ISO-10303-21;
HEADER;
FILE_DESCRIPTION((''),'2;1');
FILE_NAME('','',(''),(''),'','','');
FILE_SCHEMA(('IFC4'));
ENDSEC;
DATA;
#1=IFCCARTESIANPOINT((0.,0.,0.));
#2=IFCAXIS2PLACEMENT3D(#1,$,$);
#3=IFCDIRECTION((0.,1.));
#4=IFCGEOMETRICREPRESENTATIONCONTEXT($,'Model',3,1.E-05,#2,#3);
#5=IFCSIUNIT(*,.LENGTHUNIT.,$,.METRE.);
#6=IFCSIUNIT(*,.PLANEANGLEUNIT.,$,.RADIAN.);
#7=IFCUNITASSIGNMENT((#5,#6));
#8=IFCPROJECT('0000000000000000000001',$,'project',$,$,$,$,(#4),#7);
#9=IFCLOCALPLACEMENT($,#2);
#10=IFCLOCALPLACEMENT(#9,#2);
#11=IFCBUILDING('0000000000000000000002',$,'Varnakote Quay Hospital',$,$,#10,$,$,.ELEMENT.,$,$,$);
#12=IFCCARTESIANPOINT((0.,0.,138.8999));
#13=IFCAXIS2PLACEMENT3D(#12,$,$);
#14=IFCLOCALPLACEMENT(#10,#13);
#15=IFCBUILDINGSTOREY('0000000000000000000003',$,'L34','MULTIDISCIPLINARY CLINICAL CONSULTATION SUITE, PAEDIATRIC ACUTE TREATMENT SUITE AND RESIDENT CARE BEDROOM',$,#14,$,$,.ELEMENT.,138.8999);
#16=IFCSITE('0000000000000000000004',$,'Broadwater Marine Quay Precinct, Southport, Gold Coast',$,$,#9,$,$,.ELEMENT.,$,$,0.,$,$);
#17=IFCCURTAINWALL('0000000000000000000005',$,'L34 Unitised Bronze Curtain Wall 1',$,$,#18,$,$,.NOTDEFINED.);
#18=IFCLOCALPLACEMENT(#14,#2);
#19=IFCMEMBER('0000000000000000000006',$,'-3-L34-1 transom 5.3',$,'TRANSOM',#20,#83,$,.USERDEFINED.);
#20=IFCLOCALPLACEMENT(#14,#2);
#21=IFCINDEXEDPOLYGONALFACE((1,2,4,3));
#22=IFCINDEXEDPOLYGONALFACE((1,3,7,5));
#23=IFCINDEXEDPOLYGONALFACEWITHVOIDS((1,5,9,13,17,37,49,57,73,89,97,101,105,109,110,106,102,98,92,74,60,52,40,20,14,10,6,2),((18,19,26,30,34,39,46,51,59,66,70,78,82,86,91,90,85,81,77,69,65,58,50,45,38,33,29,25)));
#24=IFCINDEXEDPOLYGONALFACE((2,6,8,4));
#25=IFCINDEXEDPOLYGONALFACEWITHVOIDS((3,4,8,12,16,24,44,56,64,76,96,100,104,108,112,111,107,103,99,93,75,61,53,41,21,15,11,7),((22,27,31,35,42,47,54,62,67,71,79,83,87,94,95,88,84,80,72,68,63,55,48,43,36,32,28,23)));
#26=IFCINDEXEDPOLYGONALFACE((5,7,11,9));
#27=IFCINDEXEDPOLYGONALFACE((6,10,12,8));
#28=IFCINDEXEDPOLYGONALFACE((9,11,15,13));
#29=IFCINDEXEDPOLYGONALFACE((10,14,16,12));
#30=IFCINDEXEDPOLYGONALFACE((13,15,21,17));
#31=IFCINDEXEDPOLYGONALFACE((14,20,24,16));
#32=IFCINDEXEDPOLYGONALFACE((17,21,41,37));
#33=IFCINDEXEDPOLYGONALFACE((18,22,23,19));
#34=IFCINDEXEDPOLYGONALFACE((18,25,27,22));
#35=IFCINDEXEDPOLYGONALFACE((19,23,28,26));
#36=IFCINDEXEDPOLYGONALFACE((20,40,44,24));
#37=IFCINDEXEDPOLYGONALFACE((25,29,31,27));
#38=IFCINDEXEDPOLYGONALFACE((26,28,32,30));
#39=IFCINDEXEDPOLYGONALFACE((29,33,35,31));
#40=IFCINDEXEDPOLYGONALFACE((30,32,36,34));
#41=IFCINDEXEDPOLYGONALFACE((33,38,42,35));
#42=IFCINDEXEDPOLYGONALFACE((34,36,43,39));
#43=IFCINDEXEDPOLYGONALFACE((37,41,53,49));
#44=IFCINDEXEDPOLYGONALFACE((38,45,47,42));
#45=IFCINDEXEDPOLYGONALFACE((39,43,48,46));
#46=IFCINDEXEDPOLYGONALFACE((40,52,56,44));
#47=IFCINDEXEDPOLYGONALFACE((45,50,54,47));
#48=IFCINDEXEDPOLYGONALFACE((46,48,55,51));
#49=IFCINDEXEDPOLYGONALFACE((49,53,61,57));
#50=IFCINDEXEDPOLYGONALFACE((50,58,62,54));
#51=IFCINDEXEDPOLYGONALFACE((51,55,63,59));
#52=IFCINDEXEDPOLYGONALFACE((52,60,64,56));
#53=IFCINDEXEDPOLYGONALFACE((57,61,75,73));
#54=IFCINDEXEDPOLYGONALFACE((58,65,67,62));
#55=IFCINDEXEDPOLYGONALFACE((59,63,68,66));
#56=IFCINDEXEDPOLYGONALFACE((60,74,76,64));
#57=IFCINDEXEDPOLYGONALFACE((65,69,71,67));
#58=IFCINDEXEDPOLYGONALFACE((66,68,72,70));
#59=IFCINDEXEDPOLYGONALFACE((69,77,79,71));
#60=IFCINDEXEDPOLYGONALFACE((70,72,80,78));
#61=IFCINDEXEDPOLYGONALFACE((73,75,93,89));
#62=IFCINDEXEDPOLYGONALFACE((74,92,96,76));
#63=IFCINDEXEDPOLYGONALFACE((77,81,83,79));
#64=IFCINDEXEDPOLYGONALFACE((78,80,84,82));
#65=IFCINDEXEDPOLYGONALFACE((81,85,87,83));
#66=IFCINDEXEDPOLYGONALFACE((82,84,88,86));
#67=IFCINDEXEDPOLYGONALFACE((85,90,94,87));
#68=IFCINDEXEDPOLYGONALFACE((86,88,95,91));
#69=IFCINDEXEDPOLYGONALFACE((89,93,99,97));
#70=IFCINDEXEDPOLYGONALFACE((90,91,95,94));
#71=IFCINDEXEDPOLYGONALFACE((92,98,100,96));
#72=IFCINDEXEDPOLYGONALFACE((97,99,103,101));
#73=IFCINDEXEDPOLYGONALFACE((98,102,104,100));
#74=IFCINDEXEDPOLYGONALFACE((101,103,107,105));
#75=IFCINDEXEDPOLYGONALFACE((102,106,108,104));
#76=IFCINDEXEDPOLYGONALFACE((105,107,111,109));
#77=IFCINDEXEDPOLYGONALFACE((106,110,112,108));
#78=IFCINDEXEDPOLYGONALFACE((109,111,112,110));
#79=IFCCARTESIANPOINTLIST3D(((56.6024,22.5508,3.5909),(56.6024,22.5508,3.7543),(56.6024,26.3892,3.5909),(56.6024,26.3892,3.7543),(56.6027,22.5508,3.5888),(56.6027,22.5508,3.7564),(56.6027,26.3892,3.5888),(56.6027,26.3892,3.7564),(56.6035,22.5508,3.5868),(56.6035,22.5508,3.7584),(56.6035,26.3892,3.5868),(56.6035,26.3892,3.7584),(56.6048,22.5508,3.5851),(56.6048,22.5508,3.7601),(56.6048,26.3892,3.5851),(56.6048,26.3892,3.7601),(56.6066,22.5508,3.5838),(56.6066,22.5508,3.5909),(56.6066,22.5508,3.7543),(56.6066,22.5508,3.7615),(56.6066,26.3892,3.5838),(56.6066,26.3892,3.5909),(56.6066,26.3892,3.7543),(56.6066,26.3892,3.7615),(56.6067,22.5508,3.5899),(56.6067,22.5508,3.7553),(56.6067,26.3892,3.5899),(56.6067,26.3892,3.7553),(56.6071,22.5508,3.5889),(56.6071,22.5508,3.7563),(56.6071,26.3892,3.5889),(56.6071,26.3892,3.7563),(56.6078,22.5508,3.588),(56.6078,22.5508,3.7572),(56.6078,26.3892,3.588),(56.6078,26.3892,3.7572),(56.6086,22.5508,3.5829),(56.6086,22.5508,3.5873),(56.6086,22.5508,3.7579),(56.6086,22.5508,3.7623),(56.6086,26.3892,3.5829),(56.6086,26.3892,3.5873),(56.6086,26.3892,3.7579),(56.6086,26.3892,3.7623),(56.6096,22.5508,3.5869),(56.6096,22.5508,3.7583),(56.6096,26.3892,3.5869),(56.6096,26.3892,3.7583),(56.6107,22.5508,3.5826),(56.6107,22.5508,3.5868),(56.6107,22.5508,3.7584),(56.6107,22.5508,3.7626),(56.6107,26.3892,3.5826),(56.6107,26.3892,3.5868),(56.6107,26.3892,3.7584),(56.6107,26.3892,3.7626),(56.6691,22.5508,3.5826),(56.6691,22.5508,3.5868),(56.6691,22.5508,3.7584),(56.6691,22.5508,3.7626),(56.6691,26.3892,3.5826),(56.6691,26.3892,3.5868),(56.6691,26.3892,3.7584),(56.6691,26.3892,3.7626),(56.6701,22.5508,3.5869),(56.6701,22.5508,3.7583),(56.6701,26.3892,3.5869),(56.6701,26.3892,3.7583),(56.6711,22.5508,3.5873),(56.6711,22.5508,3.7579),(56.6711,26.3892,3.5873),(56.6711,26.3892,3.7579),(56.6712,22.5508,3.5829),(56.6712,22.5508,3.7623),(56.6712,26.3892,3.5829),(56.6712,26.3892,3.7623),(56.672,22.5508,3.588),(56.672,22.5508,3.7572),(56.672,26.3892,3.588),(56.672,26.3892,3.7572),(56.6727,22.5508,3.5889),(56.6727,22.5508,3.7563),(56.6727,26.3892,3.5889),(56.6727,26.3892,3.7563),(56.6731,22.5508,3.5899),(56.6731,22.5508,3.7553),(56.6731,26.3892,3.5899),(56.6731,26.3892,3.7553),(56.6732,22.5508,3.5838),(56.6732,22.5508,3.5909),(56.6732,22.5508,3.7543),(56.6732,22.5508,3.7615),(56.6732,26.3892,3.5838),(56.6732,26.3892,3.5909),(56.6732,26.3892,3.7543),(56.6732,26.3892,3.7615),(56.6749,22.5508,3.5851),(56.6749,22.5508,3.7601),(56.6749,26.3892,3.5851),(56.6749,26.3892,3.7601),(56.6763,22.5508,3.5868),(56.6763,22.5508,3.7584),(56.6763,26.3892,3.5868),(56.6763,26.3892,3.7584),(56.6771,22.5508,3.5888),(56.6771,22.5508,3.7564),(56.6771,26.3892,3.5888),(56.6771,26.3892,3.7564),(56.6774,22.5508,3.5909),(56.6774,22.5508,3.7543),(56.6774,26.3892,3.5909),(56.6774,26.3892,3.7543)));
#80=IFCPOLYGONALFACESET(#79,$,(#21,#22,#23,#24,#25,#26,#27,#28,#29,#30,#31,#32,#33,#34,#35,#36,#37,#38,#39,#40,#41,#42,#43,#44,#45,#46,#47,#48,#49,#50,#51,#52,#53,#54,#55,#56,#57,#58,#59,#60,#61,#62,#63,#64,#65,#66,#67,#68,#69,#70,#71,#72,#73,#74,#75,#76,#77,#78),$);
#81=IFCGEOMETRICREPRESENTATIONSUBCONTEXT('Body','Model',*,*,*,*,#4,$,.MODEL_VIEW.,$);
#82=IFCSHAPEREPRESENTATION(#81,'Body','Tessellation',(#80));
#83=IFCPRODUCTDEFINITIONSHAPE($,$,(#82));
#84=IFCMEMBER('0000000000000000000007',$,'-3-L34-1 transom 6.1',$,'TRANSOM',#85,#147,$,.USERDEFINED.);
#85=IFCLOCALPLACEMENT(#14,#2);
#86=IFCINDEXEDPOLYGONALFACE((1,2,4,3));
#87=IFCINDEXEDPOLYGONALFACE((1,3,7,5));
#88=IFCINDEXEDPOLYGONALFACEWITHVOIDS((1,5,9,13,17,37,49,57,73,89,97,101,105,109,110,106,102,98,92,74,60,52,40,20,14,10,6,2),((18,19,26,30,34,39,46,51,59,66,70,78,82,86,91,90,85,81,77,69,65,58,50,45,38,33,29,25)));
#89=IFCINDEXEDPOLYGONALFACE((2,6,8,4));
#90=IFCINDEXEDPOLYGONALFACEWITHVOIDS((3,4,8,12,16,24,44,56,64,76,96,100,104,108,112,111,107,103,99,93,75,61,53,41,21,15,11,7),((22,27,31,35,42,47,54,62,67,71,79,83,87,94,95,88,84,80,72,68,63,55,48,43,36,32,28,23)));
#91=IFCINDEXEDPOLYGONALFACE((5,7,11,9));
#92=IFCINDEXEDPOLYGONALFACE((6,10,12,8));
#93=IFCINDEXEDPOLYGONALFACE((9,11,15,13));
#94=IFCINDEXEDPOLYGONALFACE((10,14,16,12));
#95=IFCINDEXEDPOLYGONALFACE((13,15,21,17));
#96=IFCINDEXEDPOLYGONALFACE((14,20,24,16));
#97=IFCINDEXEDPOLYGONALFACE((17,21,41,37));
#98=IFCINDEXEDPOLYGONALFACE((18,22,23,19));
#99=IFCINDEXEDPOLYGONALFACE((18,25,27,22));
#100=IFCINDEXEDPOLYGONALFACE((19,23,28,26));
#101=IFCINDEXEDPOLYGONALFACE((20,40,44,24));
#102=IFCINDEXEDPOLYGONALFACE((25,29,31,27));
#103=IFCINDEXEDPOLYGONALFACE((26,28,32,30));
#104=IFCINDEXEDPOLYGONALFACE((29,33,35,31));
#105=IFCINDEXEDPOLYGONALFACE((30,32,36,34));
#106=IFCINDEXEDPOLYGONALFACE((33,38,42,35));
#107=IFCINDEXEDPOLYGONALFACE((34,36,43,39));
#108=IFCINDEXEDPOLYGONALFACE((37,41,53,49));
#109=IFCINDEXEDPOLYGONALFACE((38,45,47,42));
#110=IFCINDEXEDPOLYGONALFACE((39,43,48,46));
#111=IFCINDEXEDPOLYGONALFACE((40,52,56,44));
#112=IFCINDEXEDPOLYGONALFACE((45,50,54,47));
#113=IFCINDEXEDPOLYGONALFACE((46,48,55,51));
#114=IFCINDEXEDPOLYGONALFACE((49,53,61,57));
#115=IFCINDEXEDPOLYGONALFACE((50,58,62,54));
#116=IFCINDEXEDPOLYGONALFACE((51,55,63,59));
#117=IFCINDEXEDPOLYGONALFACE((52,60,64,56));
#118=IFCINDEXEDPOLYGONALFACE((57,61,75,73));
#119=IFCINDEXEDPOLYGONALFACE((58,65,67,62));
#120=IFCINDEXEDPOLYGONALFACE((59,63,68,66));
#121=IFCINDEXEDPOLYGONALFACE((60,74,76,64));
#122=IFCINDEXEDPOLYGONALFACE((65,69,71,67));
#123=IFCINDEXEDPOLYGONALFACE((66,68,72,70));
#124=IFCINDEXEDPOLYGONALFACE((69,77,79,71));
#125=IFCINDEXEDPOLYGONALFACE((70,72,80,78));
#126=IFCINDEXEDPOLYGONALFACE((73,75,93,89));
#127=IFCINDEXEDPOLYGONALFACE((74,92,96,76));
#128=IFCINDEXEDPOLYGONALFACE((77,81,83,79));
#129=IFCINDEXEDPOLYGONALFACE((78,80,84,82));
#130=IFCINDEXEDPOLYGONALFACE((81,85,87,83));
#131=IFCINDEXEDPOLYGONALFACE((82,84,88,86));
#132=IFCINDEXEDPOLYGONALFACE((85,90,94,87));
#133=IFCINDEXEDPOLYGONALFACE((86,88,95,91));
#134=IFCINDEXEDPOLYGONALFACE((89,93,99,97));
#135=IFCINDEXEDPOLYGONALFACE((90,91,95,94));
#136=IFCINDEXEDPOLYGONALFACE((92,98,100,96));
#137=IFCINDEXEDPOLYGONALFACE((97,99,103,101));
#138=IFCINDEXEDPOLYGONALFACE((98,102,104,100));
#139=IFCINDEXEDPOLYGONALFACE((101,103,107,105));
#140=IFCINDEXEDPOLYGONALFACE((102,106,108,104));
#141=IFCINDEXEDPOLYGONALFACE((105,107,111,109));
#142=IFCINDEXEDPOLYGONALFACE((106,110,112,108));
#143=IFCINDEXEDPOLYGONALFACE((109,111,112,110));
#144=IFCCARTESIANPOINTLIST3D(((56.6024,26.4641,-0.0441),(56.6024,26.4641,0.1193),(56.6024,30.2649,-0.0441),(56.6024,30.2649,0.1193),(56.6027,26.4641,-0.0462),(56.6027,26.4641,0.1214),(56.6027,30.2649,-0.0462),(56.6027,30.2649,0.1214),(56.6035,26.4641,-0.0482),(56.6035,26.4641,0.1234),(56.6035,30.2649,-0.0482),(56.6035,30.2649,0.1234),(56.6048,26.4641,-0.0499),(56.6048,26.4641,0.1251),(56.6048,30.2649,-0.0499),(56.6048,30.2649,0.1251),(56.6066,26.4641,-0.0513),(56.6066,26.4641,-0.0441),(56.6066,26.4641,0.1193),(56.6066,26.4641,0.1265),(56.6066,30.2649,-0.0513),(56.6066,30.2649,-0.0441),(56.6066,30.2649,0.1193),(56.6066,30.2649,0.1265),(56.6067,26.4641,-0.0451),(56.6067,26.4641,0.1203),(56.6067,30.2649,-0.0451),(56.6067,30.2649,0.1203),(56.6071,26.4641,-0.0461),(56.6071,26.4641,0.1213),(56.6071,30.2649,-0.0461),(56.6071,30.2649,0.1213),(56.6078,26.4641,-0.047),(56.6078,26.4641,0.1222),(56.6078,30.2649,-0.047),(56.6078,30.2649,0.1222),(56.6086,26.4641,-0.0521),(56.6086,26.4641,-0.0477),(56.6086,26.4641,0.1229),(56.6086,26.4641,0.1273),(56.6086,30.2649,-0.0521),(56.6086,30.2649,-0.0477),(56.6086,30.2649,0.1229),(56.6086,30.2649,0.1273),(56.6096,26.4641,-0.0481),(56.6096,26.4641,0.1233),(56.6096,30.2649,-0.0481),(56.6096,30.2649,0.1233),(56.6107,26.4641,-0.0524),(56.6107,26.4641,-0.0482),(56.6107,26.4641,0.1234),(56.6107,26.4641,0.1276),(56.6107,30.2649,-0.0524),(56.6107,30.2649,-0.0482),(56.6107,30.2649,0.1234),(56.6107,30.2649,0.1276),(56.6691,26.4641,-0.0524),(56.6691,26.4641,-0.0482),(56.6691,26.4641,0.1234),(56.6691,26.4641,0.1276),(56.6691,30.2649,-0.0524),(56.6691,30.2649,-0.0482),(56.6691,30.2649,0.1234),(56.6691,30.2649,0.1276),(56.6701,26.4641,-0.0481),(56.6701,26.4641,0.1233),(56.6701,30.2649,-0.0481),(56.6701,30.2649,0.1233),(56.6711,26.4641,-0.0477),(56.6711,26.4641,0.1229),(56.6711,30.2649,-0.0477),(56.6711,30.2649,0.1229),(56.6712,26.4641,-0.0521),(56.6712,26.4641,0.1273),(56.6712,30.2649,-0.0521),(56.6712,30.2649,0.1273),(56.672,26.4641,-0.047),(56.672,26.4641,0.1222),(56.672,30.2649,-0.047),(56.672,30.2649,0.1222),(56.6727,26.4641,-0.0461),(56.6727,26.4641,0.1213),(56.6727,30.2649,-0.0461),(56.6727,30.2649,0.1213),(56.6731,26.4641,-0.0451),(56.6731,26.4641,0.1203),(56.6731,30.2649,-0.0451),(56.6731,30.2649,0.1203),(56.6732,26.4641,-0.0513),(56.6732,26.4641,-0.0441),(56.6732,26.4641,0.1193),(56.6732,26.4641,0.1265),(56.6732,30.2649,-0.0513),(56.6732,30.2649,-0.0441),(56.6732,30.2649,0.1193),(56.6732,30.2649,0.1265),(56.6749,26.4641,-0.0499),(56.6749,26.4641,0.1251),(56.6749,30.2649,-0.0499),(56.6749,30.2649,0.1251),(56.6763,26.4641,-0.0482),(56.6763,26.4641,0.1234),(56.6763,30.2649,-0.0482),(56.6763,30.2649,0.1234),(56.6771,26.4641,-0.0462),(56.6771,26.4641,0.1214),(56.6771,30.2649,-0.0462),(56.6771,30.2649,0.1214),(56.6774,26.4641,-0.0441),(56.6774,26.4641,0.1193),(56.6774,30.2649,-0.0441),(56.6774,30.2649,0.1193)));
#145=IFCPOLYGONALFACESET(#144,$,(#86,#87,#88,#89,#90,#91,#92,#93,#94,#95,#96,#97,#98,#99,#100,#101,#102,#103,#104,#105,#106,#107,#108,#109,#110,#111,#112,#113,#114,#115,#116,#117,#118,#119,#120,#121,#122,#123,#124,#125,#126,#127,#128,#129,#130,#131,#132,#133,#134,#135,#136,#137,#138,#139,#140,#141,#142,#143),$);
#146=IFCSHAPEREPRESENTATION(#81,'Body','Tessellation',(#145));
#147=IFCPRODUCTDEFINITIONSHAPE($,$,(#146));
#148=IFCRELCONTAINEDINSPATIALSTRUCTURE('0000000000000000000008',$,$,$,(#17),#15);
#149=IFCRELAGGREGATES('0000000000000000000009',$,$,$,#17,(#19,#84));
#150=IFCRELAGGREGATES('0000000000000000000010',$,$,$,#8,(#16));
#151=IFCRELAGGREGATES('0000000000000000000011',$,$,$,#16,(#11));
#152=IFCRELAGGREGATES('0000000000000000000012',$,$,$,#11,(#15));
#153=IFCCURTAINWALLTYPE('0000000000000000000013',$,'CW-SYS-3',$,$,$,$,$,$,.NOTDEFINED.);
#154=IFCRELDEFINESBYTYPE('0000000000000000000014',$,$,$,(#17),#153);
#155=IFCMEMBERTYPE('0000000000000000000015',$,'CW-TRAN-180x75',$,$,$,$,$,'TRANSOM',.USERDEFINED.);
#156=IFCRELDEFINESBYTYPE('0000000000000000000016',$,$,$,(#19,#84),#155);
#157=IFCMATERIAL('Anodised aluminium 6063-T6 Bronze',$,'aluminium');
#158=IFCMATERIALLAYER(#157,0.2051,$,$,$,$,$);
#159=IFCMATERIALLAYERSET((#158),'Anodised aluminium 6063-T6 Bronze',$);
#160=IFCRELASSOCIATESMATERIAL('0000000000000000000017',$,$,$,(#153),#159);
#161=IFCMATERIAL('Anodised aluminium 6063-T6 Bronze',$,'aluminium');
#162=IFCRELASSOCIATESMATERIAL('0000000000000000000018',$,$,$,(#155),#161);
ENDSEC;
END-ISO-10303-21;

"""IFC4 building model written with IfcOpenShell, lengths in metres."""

from ifc_helpers import new_model, si_unit, direction, frame, origin, origin_2d, place, context, subcontext, project, spatial, hollow_rectangle, extrude, material, layer, layer_set, material_profile, profile_set, type_object, element, aggregate, save


model = new_model("IFC4")

# Units and contexts
model_context = context("Model", 3, precision=1e-05, world=origin(), true_north=direction((0.0, 1.0)))
body_context = subcontext(model_context, "Body", "Model", "MODEL_VIEW")
ifc_project = project(units=[si_unit("LENGTHUNIT", "METRE"), si_unit("PLANEANGLEUNIT", "RADIAN")], contexts=[model_context])

# Site, building, storey
site_placement = place(None, origin())
site = spatial("IfcSite", under=ifc_project, at=site_placement, Name="Broadwater Marine Quay Precinct, Southport, Gold Coast", CompositionType="ELEMENT", RefElevation=0.0)
building_placement = place(site_placement, origin())
building = spatial("IfcBuilding", under=site, at=building_placement, Name="Varnakote Quay Hospital", CompositionType="ELEMENT")
storey_placement = place(building_placement, frame((0.0, 0.0, 138.8999)))
storey = spatial("IfcBuildingStorey", under=building, at=storey_placement, Name="L34", Description="MULTIDISCIPLINARY CLINICAL CONSULTATION SUITE, PAEDIATRIC ACUTE TREATMENT SUITE AND RESIDENT CARE BEDROOM", CompositionType="ELEMENT", Elevation=138.8999)

# Curtain wall, members
ifc_material_1 = material(Name="Anodised aluminium 6063-T6 Bronze", Category="aluminium")
ifc_layer_1 = layer(ifc_material_1, 0.2051)
ifc_layer_set_1 = layer_set([ifc_layer_1], Name="Anodised aluminium 6063-T6 Bronze")
curtain_wall_type = type_object("IfcCurtainWallType", Name="CW-SYS-3", PredefinedType="NOTDEFINED", material=ifc_layer_set_1)
curtain_wall_placement = place(storey_placement, origin())
curtain_wall = element("IfcCurtainWall", 1, at=curtain_wall_placement, inside=storey, type_object=curtain_wall_type, Name="L34 Unitised Bronze Curtain Wall 1", PredefinedType="NOTDEFINED")
ifc_material_2 = material(Name="Anodised aluminium 6063-T6 Bronze", Category="aluminium")
ifc_material_profile_1 = material_profile(ifc_material_2, hollow_rectangle(XDim=0.075, YDim=0.1799, WallThickness=0.0042, InnerFilletRadius=0.0042, OuterFilletRadius=0.0083, at=origin_2d()), Name="CW-TRAN-180x75")
ifc_profile_set_1 = profile_set([ifc_material_profile_1], Name="Anodised aluminium 6063-T6 Bronze")
member_type_1 = type_object("IfcMemberType", Name="CW-TRAN-180x75", ElementType="TRANSOM", PredefinedType="USERDEFINED", material=ifc_profile_set_1)
member_1_placement = place(storey_placement, frame((56.6399, 22.5508, 3.6726), z_axis=(0.0, 1.0, 0.0), x_axis=(-1.0, 0.0, 0.0)))
member_1 = element("IfcMember", 2, at=member_1_placement, type_object=member_type_1, Name="-3-L34-1 transom 5.3", ObjectType="TRANSOM", PredefinedType="USERDEFINED", context=body_context, shape_type="SweptSolid", body=[
    extrude(hollow_rectangle(XDim=0.075, YDim=0.1799, WallThickness=0.0042, InnerFilletRadius=0.0042, OuterFilletRadius=0.0083, at=origin_2d()), origin(), (0.0, 0.0, 1.0), 3.8384),
])
member_2_placement = place(storey_placement, frame((56.6399, 26.4641, 0.0376), z_axis=(0.0, 1.0, 0.0), x_axis=(-1.0, 0.0, 0.0)))
member_2 = element("IfcMember", 3, at=member_2_placement, type_object=member_type_1, Name="-3-L34-1 transom 6.1", ObjectType="TRANSOM", PredefinedType="USERDEFINED", context=body_context, shape_type="SweptSolid", body=[
    extrude(hollow_rectangle(XDim=0.075, YDim=0.1799, WallThickness=0.0042, InnerFilletRadius=0.0042, OuterFilletRadius=0.0083, at=origin_2d()), origin(), (0.0, 0.0, 1.0), 3.8008),
])
aggregate(curtain_wall, [member_1, member_2])

save(model, "model.ifc")
